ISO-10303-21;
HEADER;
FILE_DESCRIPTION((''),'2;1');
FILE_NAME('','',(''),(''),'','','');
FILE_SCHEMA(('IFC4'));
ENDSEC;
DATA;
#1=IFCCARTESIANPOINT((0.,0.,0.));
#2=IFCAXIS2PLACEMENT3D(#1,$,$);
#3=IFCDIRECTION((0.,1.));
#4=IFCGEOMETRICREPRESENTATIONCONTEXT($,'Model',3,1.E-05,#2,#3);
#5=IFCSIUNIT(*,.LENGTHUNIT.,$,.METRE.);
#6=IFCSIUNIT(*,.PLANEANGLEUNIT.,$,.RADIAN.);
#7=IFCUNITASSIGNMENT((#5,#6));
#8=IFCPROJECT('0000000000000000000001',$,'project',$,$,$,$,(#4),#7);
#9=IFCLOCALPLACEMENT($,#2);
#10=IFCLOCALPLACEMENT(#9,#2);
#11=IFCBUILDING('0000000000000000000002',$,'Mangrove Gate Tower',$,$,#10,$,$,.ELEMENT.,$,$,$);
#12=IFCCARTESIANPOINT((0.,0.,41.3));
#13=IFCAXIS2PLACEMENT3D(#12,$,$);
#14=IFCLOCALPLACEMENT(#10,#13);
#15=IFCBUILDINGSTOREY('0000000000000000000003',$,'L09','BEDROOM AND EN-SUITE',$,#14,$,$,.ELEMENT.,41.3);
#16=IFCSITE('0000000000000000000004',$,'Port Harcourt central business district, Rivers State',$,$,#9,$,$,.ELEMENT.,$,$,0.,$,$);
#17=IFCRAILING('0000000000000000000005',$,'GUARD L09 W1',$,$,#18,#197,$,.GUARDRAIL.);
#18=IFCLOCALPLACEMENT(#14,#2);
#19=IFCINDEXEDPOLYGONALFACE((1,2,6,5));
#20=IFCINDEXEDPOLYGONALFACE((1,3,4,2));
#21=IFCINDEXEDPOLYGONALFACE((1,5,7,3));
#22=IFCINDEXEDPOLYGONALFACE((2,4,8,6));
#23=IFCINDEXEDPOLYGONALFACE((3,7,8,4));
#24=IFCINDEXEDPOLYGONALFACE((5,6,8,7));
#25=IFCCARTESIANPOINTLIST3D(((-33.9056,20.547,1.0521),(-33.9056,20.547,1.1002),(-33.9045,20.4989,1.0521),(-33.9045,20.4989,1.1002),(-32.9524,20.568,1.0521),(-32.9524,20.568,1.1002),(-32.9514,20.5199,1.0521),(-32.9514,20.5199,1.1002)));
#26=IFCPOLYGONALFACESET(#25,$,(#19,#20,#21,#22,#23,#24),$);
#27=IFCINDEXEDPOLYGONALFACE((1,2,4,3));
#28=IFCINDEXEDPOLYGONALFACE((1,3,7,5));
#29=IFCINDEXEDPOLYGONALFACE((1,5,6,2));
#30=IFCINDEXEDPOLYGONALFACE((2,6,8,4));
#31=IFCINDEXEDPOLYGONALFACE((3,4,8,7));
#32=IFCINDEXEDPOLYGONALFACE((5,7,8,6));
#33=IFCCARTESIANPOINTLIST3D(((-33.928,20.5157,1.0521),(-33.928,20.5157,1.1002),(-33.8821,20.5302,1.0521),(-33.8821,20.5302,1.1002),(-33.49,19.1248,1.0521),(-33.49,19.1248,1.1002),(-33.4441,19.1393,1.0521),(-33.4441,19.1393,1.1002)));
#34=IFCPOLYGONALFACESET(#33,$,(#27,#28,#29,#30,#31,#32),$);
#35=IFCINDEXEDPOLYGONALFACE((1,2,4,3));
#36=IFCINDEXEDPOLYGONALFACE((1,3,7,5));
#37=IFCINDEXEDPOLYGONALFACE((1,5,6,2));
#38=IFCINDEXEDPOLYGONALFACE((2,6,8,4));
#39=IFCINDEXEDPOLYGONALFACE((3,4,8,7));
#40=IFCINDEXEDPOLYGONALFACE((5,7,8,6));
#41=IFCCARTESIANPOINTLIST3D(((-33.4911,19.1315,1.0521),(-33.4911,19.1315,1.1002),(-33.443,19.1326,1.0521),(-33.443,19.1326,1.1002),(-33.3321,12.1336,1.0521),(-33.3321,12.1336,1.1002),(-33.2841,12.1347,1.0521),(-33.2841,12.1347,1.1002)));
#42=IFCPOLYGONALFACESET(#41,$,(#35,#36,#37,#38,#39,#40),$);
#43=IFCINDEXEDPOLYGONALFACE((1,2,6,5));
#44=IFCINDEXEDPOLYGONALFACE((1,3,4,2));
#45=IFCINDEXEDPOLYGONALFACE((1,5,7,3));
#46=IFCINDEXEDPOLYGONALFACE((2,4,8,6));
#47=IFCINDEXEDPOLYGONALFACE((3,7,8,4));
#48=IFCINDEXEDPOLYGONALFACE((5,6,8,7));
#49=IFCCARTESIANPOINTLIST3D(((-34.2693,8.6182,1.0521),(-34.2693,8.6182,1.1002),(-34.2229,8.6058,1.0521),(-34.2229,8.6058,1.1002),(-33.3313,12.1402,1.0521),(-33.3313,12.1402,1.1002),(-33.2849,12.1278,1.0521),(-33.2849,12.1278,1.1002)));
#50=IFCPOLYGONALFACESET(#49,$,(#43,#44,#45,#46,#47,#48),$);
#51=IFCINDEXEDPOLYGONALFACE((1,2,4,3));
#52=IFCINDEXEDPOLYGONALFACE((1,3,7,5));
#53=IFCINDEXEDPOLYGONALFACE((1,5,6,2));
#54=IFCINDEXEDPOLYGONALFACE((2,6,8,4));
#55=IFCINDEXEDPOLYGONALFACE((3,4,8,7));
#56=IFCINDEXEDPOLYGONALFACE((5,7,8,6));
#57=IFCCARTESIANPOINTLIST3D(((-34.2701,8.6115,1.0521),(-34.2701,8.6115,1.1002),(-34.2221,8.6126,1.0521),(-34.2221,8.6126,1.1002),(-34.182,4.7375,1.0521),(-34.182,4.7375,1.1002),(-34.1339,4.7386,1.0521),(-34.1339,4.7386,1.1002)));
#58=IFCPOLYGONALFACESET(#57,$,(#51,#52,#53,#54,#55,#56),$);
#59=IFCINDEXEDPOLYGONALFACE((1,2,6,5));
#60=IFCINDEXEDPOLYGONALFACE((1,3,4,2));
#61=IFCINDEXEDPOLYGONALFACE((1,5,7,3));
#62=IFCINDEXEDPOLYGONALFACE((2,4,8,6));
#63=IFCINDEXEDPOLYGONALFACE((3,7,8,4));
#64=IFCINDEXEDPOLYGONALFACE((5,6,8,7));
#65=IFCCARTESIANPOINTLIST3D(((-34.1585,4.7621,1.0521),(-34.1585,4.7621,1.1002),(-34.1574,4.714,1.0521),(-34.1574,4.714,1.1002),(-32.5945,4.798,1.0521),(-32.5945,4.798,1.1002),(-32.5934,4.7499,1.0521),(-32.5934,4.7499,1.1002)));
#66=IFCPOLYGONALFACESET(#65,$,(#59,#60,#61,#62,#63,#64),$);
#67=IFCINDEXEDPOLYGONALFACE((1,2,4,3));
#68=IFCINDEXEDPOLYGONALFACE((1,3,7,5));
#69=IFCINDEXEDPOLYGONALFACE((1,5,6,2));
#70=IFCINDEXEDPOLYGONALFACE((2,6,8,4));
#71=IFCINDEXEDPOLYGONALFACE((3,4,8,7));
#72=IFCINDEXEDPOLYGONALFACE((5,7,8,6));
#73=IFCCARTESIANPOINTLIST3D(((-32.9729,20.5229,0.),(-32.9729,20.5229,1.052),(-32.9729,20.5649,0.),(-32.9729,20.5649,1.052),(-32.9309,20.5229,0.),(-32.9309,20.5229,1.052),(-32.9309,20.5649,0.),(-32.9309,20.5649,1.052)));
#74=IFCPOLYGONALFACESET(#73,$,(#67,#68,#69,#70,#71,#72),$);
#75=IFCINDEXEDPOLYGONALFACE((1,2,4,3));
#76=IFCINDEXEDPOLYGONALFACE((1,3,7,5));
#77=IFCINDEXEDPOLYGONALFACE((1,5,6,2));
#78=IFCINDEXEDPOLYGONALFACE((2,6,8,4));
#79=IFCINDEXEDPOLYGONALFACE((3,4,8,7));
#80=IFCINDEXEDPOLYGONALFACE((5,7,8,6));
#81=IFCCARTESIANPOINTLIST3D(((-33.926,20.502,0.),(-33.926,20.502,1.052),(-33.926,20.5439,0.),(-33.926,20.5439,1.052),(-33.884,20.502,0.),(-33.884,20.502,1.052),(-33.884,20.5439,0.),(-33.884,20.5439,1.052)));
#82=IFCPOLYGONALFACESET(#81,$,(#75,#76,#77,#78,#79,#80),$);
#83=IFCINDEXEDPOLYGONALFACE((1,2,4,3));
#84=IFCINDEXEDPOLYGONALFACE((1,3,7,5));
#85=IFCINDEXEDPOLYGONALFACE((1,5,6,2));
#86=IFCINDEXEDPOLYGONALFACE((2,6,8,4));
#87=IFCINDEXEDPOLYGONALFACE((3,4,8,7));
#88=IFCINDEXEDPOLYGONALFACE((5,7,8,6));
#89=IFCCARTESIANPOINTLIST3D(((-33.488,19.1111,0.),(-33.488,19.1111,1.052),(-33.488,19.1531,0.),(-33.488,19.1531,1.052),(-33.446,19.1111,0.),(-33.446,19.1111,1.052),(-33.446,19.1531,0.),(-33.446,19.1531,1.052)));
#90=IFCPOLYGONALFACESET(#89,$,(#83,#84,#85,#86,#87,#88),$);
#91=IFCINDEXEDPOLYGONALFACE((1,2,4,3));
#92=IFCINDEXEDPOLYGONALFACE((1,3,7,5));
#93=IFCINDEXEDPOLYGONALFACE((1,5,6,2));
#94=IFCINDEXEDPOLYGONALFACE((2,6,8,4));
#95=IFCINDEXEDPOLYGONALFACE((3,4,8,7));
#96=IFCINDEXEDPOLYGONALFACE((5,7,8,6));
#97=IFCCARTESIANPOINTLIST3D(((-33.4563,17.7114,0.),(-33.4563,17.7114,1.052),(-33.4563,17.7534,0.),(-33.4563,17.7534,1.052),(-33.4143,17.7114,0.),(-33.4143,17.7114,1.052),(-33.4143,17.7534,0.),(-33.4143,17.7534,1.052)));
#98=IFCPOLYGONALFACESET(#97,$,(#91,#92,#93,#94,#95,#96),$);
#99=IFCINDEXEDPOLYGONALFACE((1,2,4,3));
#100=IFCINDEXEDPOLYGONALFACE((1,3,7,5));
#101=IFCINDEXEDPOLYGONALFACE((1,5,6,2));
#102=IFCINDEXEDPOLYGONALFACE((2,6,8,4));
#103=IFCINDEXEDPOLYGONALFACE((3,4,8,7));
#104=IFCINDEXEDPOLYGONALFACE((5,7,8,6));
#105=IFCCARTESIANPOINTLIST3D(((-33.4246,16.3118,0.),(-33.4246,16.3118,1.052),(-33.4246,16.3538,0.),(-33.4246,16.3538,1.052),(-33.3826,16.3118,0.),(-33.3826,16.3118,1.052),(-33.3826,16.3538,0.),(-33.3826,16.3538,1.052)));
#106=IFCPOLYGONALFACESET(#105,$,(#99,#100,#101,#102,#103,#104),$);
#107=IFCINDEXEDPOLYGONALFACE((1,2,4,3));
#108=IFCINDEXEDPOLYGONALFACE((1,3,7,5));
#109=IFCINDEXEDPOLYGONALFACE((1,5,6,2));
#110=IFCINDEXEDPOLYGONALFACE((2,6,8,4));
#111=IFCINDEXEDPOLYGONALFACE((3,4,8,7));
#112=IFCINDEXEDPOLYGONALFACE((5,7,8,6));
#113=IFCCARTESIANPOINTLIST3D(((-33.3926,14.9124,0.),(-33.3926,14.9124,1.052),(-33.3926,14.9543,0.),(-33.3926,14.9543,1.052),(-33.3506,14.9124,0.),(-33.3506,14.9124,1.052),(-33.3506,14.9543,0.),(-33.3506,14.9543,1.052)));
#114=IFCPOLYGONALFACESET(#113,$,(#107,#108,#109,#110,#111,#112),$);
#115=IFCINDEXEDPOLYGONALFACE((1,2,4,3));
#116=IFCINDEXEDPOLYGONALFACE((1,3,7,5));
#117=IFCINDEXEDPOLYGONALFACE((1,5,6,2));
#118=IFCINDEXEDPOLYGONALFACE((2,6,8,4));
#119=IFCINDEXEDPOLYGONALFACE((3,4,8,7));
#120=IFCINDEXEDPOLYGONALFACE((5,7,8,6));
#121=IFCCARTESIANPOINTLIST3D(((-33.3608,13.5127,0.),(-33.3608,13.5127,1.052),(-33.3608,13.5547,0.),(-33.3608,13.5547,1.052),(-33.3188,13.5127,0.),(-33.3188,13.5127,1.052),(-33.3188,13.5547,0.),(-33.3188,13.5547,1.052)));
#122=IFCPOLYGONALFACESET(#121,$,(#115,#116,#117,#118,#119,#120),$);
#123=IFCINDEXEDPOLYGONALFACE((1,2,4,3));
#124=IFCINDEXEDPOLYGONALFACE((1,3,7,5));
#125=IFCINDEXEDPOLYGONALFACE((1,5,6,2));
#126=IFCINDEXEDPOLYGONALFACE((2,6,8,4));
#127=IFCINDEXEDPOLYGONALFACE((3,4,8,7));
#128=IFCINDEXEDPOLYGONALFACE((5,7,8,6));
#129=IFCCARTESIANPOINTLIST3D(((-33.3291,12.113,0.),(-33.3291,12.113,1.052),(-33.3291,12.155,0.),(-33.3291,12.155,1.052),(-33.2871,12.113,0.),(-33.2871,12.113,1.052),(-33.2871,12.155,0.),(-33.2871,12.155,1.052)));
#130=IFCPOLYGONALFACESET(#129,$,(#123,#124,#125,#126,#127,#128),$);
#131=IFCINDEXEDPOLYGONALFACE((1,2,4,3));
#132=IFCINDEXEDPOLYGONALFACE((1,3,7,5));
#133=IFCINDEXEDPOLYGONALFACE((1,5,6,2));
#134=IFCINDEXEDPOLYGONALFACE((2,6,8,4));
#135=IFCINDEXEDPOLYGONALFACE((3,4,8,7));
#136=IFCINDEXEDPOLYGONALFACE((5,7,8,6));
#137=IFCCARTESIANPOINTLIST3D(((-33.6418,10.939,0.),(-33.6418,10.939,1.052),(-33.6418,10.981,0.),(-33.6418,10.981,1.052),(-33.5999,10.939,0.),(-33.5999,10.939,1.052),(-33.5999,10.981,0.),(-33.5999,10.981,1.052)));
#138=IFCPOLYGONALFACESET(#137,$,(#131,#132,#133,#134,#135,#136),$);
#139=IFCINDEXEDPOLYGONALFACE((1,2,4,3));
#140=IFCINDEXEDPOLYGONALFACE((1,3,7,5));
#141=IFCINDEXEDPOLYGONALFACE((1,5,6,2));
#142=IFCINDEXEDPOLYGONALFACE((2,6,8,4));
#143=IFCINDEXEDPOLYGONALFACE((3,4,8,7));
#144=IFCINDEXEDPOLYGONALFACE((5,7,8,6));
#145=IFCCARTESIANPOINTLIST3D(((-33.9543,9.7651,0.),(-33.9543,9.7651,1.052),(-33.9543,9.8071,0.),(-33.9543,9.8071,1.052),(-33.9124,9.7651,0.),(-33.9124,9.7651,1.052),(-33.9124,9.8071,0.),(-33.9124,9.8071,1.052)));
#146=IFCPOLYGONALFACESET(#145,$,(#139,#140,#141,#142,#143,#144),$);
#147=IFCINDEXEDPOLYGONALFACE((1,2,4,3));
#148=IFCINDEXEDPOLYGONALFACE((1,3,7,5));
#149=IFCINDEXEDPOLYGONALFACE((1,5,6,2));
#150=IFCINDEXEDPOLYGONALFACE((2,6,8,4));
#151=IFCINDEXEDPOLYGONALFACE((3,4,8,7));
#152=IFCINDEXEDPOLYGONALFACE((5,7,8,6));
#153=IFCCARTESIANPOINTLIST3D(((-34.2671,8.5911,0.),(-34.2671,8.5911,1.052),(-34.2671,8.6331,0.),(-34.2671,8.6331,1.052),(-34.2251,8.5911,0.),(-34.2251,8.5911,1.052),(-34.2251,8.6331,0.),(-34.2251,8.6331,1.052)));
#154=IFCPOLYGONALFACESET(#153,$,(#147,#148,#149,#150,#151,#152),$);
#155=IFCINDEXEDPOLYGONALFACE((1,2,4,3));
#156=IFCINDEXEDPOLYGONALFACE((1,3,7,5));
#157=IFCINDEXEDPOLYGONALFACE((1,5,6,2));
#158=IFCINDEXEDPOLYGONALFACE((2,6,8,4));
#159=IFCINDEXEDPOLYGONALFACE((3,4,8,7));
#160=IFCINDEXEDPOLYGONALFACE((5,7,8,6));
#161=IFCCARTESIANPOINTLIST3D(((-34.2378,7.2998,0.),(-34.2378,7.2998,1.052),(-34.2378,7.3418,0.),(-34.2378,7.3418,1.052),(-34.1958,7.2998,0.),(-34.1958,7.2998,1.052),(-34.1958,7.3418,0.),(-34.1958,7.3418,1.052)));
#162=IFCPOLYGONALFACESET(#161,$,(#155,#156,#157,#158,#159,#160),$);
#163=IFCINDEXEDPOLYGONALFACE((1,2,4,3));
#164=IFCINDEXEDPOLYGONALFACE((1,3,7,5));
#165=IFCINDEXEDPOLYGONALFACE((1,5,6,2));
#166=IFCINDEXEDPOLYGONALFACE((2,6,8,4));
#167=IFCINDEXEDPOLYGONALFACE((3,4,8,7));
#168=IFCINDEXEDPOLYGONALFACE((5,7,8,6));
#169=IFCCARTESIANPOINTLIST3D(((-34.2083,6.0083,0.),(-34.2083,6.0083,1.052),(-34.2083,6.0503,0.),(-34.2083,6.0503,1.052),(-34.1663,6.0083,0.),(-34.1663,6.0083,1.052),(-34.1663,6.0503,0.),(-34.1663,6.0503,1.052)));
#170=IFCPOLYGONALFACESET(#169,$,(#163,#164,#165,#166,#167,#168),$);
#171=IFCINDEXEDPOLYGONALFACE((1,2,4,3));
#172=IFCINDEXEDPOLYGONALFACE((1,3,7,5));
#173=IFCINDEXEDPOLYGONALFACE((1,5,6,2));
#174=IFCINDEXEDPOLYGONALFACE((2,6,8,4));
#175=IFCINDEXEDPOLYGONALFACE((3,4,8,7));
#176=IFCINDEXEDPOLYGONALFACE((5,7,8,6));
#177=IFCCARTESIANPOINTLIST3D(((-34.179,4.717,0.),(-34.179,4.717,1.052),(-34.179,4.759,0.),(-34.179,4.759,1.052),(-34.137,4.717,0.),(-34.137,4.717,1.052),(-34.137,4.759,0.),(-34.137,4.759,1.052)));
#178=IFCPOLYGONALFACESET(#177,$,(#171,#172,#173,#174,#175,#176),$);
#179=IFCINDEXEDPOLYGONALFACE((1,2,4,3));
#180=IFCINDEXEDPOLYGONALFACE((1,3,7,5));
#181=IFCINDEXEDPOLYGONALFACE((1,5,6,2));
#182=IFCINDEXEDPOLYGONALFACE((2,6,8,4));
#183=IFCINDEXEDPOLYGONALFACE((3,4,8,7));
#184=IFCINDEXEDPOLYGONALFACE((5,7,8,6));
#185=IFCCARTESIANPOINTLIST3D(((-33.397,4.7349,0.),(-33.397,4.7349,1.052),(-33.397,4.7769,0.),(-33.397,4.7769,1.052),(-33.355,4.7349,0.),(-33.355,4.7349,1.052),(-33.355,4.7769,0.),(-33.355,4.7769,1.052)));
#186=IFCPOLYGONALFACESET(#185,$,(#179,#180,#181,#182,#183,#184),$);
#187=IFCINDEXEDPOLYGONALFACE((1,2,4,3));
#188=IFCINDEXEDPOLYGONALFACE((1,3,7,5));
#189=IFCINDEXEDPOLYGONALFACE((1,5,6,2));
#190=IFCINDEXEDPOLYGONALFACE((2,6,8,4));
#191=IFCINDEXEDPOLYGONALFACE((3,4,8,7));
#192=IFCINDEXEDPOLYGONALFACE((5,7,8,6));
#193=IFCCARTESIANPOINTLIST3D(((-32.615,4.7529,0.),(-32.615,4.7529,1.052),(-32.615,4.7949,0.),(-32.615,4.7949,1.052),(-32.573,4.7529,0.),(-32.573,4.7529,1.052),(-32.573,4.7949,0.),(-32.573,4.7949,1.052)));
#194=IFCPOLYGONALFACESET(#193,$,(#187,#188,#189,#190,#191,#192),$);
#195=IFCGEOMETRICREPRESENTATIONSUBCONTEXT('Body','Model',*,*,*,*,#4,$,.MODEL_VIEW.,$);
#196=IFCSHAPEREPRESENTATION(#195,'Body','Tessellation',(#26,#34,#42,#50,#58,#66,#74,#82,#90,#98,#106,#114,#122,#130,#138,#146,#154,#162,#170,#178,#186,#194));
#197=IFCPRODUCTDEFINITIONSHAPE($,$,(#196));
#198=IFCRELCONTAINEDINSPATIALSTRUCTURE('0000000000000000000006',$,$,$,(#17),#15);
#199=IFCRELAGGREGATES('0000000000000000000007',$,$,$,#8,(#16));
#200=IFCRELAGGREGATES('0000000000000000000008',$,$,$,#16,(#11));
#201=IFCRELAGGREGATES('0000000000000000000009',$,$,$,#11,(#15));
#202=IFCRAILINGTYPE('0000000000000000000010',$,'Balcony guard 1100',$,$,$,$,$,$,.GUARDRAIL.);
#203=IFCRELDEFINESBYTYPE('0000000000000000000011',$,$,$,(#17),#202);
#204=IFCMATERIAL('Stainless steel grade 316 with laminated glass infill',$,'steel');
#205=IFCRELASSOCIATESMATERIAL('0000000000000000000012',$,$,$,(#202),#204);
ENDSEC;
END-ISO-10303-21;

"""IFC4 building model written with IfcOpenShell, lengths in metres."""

from ifc_helpers import new_model, si_unit, direction, frame, origin, origin_2d, place, context, subcontext, project, spatial, rectangle, extrude, material, type_object, element, save


model = new_model("IFC4")

# Units and contexts
model_context = context("Model", 3, precision=1e-05, world=origin(), true_north=direction((0.0, 1.0)))
body_context = subcontext(model_context, "Body", "Model", "MODEL_VIEW")
ifc_project = project(units=[si_unit("LENGTHUNIT", "METRE"), si_unit("PLANEANGLEUNIT", "RADIAN")], contexts=[model_context])

# Site, building, storey
site_placement = place(None, origin())
site = spatial("IfcSite", under=ifc_project, at=site_placement, Name="Port Harcourt central business district, Rivers State", CompositionType="ELEMENT", RefElevation=0.0)
building_placement = place(site_placement, origin())
building = spatial("IfcBuilding", under=site, at=building_placement, Name="Mangrove Gate Tower", CompositionType="ELEMENT")
storey_placement = place(building_placement, frame((0.0, 0.0, 41.3)))
storey = spatial("IfcBuildingStorey", under=building, at=storey_placement, Name="L09", Description="BEDROOM AND EN-SUITE", CompositionType="ELEMENT", Elevation=41.3)

# Railing
ifc_material_1 = material(Name="Stainless steel grade 316 with laminated glass infill", Category="steel")
railing_type = type_object("IfcRailingType", Name="Balcony guard 1100", PredefinedType="GUARDRAIL", material=ifc_material_1)
railing_placement = place(storey_placement, frame((-32.9519, 20.5439, 0.0)))
element("IfcRailing", 1, at=railing_placement, inside=storey, type_object=railing_type, Name="GUARD L09 W1", PredefinedType="GUARDRAIL", context=body_context, shape_type="SweptSolid", body=[
    extrude(rectangle(XDim=0.0481, YDim=0.0481, at=origin_2d()), frame((0.0, 0.0, 1.0762), z_axis=(-0.999757, -0.022023, 0.0), x_axis=(0.022023, -0.999757, 0.0)), (0.0, 0.0, 1.0), 0.9534),
    extrude(rectangle(XDim=0.0481, YDim=0.0481, at=origin_2d()), frame((-0.9531, -0.021, 1.0762), z_axis=(0.300362, -0.953825, 0.0), x_axis=(0.953825, 0.300362, 0.0)), (0.0, 0.0, 1.0), 1.4583),
    extrude(rectangle(XDim=0.0481, YDim=0.0481, at=origin_2d()), frame((-0.5151, -1.4119, 1.0762), z_axis=(0.022706, -0.999742, 0.0), x_axis=(0.999742, 0.022706, 0.0)), (0.0, 0.0, 1.0), 6.9998),
    extrude(rectangle(XDim=0.0481, YDim=0.0481, at=origin_2d()), frame((-0.3562, -8.4099, 1.0762), z_axis=(-0.257354, -0.966317, 0.0), x_axis=(0.966317, -0.257354, 0.0)), (0.0, 0.0, 1.0), 3.6448),
    extrude(rectangle(XDim=0.0481, YDim=0.0481, at=origin_2d()), frame((-1.2942, -11.9319, 1.0762), z_axis=(0.022744, -0.999741, 0.0), x_axis=(0.999741, 0.022744, 0.0)), (0.0, 0.0, 1.0), 3.875),
    extrude(rectangle(XDim=0.0481, YDim=0.0481, at=origin_2d()), frame((-1.2061, -15.8059, 1.0762), z_axis=(0.999737, 0.022941, 0.0), x_axis=(-0.022941, 0.999737, 0.0)), (0.0, 0.0, 1.0), 1.5645),
    extrude(rectangle(XDim=0.042, YDim=0.042, at=origin_2d()), origin(), (0.0, 0.0, 1.0), 1.052),
    extrude(rectangle(XDim=0.042, YDim=0.042, at=origin_2d()), frame((-0.9531, -0.021, 0.0)), (0.0, 0.0, 1.0), 1.052),
    extrude(rectangle(XDim=0.042, YDim=0.042, at=origin_2d()), frame((-0.5151, -1.4119, 0.0)), (0.0, 0.0, 1.0), 1.052),
    extrude(rectangle(XDim=0.042, YDim=0.042, at=origin_2d()), frame((-0.4834, -2.8115, 0.0)), (0.0, 0.0, 1.0), 1.052),
    extrude(rectangle(XDim=0.042, YDim=0.042, at=origin_2d()), frame((-0.4517, -4.2112, 0.0)), (0.0, 0.0, 1.0), 1.052),
    extrude(rectangle(XDim=0.042, YDim=0.042, at=origin_2d()), frame((-0.4197, -5.6106, 0.0)), (0.0, 0.0, 1.0), 1.052),
    extrude(rectangle(XDim=0.042, YDim=0.042, at=origin_2d()), frame((-0.3879, -7.0103, 0.0)), (0.0, 0.0, 1.0), 1.052),
    extrude(rectangle(XDim=0.042, YDim=0.042, at=origin_2d()), frame((-0.3562, -8.4099, 0.0)), (0.0, 0.0, 1.0), 1.052),
    extrude(rectangle(XDim=0.042, YDim=0.042, at=origin_2d()), frame((-0.6689, -9.584, 0.0)), (0.0, 0.0, 1.0), 1.052),
    extrude(rectangle(XDim=0.042, YDim=0.042, at=origin_2d()), frame((-0.9814, -10.7578, 0.0)), (0.0, 0.0, 1.0), 1.052),
    extrude(rectangle(XDim=0.042, YDim=0.042, at=origin_2d()), frame((-1.2942, -11.9319, 0.0)), (0.0, 0.0, 1.0), 1.052),
    extrude(rectangle(XDim=0.042, YDim=0.042, at=origin_2d()), frame((-1.2649, -13.2231, 0.0)), (0.0, 0.0, 1.0), 1.052),
    extrude(rectangle(XDim=0.042, YDim=0.042, at=origin_2d()), frame((-1.2354, -14.5146, 0.0)), (0.0, 0.0, 1.0), 1.052),
    extrude(rectangle(XDim=0.042, YDim=0.042, at=origin_2d()), frame((-1.2061, -15.8059, 0.0)), (0.0, 0.0, 1.0), 1.052),
    extrude(rectangle(XDim=0.042, YDim=0.042, at=origin_2d()), frame((-0.4241, -15.7881, 0.0)), (0.0, 0.0, 1.0), 1.052),
    extrude(rectangle(XDim=0.042, YDim=0.042, at=origin_2d()), frame((0.3579, -15.77, 0.0)), (0.0, 0.0, 1.0), 1.052),
])

save(model, "model.ifc")
